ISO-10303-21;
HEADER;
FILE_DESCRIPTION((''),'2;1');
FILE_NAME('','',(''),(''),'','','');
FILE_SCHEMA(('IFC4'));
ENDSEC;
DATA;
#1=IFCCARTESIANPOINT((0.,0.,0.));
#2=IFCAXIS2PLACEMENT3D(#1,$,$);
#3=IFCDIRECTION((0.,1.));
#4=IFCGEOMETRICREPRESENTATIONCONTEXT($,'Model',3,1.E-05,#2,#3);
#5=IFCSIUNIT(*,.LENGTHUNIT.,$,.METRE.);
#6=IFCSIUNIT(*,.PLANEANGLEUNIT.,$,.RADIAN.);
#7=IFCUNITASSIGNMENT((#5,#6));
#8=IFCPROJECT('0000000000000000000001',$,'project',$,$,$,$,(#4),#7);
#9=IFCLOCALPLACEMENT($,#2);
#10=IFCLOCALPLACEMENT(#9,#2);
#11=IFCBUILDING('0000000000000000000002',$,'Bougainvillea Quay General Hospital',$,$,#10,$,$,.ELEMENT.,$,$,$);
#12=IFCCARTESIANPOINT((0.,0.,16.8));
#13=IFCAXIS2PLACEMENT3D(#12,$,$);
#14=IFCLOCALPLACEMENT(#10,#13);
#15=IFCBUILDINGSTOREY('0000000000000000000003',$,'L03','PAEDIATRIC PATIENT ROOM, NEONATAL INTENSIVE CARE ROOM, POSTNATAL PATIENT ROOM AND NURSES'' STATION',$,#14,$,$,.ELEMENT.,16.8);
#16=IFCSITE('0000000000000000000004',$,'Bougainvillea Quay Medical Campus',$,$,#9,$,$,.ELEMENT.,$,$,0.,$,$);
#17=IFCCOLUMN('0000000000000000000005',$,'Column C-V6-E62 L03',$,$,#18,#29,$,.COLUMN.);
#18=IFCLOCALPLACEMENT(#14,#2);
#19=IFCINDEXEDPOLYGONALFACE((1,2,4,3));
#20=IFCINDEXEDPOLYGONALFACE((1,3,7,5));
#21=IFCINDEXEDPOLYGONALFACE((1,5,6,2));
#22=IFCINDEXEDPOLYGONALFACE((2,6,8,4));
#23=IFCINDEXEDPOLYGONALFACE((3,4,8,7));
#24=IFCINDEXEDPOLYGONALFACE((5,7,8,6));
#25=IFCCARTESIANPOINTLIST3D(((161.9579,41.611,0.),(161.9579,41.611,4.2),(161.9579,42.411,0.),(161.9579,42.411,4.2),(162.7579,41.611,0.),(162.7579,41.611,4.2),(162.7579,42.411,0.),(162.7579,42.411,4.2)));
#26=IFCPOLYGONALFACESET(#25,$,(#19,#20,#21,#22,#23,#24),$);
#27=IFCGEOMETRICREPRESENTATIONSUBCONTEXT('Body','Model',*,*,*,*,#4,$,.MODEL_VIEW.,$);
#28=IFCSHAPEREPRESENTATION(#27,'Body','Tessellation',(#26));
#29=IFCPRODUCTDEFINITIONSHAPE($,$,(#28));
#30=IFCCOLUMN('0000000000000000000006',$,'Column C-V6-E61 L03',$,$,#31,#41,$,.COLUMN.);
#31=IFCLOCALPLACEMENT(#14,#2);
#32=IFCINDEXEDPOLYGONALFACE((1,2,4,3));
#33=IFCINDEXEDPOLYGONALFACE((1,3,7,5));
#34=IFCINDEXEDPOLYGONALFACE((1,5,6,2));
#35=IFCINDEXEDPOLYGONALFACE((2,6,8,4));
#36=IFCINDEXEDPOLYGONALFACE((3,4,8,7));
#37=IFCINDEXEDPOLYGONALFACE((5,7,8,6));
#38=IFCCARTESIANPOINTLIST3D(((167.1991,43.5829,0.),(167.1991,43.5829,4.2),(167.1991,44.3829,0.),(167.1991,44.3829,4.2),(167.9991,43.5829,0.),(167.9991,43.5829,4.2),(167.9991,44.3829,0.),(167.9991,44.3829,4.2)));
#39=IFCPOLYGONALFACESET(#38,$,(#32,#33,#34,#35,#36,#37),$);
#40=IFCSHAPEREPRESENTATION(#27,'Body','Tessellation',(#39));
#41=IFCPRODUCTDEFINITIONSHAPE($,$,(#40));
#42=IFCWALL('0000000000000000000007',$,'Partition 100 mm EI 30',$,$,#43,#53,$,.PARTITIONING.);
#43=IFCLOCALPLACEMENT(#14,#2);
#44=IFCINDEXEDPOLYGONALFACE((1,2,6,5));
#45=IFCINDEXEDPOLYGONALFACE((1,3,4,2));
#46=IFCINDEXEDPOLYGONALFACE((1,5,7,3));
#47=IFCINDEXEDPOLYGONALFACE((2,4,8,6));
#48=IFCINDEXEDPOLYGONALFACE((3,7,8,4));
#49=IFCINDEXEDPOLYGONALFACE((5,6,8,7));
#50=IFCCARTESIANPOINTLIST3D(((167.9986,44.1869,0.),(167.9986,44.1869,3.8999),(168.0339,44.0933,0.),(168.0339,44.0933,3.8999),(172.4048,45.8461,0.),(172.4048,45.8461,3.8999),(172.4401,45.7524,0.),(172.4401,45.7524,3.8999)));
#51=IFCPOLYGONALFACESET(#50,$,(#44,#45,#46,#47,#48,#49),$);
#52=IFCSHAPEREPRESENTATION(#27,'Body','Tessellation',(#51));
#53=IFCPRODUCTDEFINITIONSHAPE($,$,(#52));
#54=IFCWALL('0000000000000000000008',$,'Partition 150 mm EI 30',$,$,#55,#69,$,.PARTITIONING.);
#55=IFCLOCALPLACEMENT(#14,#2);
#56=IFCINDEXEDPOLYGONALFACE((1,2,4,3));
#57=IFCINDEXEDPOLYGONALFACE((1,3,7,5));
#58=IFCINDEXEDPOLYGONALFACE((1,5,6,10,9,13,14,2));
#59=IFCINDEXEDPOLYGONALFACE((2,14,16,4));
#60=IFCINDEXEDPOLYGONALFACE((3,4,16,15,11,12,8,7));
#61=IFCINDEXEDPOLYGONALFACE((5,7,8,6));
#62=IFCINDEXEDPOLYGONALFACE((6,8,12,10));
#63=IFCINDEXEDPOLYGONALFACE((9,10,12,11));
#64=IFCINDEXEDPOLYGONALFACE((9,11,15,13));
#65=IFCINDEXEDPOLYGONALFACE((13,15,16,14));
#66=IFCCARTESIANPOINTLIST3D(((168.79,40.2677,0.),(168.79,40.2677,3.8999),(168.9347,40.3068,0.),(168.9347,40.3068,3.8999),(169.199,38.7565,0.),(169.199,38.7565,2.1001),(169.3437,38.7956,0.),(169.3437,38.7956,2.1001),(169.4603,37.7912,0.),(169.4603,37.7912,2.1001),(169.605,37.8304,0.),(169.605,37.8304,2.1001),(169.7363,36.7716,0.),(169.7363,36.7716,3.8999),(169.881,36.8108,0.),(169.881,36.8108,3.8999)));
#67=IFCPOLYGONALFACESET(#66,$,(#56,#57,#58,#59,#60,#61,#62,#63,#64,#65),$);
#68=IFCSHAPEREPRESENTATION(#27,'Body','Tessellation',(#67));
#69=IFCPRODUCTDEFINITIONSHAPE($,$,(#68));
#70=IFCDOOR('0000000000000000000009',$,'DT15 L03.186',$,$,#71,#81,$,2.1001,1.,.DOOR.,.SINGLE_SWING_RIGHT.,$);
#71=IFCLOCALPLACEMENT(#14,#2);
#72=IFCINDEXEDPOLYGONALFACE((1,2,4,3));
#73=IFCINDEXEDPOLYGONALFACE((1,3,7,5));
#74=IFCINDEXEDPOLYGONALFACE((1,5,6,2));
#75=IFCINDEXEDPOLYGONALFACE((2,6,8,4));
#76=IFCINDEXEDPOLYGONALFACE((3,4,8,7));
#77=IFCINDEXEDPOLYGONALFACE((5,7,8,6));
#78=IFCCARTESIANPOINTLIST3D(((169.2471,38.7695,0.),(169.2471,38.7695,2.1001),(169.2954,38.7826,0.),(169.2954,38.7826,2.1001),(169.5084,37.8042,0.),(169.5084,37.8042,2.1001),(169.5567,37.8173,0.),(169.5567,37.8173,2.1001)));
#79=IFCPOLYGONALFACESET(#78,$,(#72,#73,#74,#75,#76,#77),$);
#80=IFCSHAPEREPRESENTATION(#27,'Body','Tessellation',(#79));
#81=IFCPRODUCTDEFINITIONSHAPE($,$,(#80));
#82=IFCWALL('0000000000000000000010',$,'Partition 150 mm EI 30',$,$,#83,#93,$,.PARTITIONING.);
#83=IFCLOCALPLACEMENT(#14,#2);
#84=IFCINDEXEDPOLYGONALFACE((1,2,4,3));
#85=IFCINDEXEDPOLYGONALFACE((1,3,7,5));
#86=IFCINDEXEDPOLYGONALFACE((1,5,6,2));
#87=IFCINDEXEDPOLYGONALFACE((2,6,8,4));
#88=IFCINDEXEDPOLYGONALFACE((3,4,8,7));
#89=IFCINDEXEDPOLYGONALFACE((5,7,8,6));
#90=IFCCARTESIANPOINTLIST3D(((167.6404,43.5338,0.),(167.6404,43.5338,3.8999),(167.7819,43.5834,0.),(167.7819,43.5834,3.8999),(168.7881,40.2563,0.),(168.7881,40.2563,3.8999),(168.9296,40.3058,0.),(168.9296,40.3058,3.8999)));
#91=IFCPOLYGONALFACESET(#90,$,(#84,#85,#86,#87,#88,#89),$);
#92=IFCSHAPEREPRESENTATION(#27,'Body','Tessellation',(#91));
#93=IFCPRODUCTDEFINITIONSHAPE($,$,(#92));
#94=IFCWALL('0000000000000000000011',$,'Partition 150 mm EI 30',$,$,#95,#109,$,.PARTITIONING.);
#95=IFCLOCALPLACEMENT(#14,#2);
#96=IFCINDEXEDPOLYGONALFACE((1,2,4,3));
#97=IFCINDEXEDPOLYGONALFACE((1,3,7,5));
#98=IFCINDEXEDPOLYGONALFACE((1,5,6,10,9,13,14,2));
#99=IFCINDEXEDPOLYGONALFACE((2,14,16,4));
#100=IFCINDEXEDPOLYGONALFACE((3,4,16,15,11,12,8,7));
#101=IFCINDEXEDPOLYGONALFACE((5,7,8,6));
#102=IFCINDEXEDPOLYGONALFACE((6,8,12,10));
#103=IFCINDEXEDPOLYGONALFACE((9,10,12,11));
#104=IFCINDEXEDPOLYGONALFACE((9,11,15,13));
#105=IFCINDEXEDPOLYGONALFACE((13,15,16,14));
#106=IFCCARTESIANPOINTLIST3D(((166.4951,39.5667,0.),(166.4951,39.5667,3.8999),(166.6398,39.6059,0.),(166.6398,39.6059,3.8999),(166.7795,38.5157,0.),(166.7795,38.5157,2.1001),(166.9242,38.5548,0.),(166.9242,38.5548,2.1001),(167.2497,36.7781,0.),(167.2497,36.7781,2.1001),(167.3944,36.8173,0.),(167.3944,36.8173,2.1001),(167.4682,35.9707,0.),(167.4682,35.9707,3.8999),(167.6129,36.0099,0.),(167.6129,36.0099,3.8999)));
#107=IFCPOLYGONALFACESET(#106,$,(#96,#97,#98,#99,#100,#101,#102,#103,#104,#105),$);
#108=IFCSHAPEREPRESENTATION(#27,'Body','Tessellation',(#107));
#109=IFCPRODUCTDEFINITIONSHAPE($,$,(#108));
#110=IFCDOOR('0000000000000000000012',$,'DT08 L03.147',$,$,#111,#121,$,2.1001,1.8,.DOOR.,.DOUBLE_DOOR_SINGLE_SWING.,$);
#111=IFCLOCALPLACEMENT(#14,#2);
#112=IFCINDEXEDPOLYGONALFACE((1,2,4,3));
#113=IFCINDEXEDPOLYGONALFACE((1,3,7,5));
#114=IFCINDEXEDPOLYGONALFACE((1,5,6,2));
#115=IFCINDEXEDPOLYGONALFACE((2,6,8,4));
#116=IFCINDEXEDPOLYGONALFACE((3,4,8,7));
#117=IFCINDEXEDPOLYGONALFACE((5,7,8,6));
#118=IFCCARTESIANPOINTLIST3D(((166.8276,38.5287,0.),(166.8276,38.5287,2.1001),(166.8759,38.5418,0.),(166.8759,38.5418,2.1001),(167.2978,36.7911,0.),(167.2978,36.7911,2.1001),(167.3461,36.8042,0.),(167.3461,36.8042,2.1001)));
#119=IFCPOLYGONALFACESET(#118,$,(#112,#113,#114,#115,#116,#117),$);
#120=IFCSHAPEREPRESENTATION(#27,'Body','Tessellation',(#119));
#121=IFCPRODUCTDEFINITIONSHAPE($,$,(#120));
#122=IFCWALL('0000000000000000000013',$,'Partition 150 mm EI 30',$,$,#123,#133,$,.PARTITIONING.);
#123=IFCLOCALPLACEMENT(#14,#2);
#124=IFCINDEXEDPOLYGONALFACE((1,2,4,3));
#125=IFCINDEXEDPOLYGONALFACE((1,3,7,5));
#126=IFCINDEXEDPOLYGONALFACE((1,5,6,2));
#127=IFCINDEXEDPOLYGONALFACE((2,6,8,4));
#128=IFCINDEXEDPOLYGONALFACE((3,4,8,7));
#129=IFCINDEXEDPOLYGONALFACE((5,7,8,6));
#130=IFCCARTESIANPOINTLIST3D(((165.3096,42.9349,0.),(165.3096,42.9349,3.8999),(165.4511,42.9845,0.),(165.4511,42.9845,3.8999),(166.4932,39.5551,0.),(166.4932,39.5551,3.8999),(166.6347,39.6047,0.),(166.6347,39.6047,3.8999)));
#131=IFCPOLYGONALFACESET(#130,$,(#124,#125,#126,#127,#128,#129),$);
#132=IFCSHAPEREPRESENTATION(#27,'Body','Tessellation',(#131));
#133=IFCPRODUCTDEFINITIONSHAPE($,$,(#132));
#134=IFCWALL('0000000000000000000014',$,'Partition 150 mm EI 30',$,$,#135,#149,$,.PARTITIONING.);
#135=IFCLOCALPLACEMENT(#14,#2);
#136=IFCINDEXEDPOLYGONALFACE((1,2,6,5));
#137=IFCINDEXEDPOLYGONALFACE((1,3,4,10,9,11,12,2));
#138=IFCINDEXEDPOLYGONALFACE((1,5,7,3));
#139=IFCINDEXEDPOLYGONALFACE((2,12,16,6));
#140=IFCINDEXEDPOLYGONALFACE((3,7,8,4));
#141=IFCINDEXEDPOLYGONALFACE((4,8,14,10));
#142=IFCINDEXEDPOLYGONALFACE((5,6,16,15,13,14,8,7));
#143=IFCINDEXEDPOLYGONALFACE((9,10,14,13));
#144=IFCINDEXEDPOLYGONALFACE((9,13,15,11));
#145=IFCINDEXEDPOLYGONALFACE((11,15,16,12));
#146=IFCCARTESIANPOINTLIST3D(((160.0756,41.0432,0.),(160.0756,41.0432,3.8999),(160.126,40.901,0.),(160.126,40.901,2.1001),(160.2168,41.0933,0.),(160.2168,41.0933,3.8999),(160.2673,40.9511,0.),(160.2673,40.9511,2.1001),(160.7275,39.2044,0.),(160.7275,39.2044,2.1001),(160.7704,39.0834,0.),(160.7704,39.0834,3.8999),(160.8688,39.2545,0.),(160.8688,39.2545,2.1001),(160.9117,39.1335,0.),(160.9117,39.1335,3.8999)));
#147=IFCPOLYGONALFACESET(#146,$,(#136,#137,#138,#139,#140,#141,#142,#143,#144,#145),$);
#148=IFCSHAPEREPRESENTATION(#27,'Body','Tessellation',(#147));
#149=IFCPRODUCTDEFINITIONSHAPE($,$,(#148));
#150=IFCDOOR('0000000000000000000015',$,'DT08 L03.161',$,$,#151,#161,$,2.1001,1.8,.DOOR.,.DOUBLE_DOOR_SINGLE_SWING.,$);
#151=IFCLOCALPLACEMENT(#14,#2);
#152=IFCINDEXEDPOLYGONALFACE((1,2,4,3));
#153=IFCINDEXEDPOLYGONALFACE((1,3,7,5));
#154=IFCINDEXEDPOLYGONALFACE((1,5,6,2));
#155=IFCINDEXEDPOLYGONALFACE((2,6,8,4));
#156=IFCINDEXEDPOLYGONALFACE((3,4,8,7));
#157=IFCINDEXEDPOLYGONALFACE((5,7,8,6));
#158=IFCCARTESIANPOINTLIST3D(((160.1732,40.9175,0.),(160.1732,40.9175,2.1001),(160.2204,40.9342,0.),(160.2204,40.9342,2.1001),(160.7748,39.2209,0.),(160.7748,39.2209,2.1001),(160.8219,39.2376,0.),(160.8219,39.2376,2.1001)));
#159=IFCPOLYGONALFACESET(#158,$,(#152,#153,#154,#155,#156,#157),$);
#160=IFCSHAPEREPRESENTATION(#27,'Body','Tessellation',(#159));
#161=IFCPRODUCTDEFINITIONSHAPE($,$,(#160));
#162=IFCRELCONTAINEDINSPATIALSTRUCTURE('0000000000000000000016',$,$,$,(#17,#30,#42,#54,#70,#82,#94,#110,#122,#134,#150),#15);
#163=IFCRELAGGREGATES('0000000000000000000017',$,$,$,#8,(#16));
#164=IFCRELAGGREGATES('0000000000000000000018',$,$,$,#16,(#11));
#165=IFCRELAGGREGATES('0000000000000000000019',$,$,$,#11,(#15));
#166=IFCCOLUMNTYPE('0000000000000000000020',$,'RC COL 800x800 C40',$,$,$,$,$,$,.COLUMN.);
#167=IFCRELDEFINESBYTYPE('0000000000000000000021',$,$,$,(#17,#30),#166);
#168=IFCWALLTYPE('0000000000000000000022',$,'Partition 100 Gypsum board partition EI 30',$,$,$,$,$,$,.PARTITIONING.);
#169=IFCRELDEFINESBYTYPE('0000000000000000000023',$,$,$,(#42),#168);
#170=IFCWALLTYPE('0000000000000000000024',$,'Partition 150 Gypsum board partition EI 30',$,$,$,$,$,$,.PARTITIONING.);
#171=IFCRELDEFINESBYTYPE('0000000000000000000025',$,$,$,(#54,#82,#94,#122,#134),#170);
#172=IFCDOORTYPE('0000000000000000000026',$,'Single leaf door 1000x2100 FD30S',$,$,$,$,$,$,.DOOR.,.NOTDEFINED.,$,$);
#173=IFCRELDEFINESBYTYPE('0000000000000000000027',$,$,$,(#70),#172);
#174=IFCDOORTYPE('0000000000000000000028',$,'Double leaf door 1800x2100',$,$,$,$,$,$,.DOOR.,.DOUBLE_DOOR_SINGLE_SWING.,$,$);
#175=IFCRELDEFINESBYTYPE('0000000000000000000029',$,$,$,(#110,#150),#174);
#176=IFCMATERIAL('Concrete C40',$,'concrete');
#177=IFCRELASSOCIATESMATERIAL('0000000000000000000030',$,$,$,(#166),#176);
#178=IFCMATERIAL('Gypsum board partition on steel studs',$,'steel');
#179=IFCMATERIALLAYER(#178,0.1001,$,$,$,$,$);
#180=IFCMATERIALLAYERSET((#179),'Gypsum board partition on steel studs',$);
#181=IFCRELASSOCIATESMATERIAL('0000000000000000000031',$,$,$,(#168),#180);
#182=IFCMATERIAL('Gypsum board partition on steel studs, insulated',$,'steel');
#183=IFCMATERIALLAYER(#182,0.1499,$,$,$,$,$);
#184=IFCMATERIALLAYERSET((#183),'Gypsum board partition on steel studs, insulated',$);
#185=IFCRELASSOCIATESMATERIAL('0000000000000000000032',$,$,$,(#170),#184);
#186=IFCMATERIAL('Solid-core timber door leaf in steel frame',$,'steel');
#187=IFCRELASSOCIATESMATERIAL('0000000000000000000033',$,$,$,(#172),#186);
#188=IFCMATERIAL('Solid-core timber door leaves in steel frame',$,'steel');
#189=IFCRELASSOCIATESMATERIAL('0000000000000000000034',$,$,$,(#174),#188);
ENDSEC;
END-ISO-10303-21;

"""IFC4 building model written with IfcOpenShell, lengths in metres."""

from ifc_helpers import new_model, si_unit, direction, frame, frame_2d, origin, origin_2d, place, context, subcontext, project, spatial, rectangle, extrude, material, layer, layer_set, material_profile, profile_set, type_object, element, fill, save


model = new_model("IFC4")

# Units and contexts
model_context = context("Model", 3, precision=1e-05, world=origin(), true_north=direction((0.0, 1.0)))
body_context = subcontext(model_context, "Body", "Model", "MODEL_VIEW")
ifc_project = project(units=[si_unit("LENGTHUNIT", "METRE"), si_unit("PLANEANGLEUNIT", "RADIAN")], contexts=[model_context])

# Site, building, storey
site_placement = place(None, origin())
site = spatial("IfcSite", under=ifc_project, at=site_placement, Name="Bougainvillea Quay Medical Campus", CompositionType="ELEMENT", RefElevation=0.0)
building_placement = place(site_placement, origin())
building = spatial("IfcBuilding", under=site, at=building_placement, Name="Bougainvillea Quay General Hospital", CompositionType="ELEMENT")
storey_placement = place(building_placement, frame((0.0, 0.0, 16.8)))
storey = spatial("IfcBuildingStorey", under=building, at=storey_placement, Name="L03", Description="PAEDIATRIC PATIENT ROOM, NEONATAL INTENSIVE CARE ROOM, POSTNATAL PATIENT ROOM AND NURSES' STATION", CompositionType="ELEMENT", Elevation=16.8)

# Columns
ifc_material_1 = material(Name="Concrete C40", Category="concrete")
ifc_material_profile = material_profile(ifc_material_1, rectangle(XDim=0.8, YDim=0.8, at=origin_2d()))
ifc_profile_set = profile_set([ifc_material_profile], Name="Concrete C40")
column_type = type_object("IfcColumnType", Name="RC COL 800x800 C40", PredefinedType="COLUMN", material=ifc_profile_set)
for number, where, z_axis, x_axis, name in (
    (1, (162.3579, 42.011, 0.0), (0.0, 0.0, 1.0), (1.0, 0.0, 0.0), "Column C-V6-E62 L03"),
    (2, (167.5991, 43.9829, 0.0), (0.0, 0.0, 1.0), (1.0, 0.0, 0.0), "Column C-V6-E61 L03"),
):
    element("IfcColumn", number, at=place(storey_placement, frame(where, z_axis=z_axis, x_axis=x_axis)), inside=storey, type_object=column_type, Name=name, PredefinedType="COLUMN", context=body_context, shape_type="SweptSolid", body=[
        extrude(rectangle(XDim=0.8, YDim=0.8, at=origin_2d()), origin(), (0.0, 0.0, 1.0), 4.2),
    ])

# Wall
ifc_material_2 = material(Name="Gypsum board partition on steel studs", Category="steel")
ifc_layer_1 = layer(ifc_material_2, 0.1001)
ifc_layer_set_1 = layer_set([ifc_layer_1], Name="Gypsum board partition on steel studs")
wall_type_1 = type_object("IfcWallType", Name="Partition 100 Gypsum board partition EI 30", PredefinedType="PARTITIONING", material=ifc_layer_set_1)
wall_1_placement = place(storey_placement, frame((168.0164, 44.1401, 0.0), z_axis=(0.0, 0.0, 1.0), x_axis=(0.935851, 0.352396, 0.0)))
element("IfcWall", 3, at=wall_1_placement, inside=storey, type_object=wall_type_1, Name="Partition 100 mm EI 30", PredefinedType="PARTITIONING", context=body_context, shape_type="SweptSolid", body=[
    extrude(rectangle(XDim=4.7083, YDim=0.1001, at=frame_2d((2.354, 0.0))), origin(), (0.0, 0.0, 1.0), 3.8999),
])

# Wall, opening, door
ifc_material_3 = material(Name="Gypsum board partition on steel studs, insulated", Category="steel")
ifc_layer_2 = layer(ifc_material_3, 0.1499)
ifc_layer_set_2 = layer_set([ifc_layer_2], Name="Gypsum board partition on steel studs, insulated")
wall_type_2 = type_object("IfcWallType", Name="Partition 150 Gypsum board partition EI 30", PredefinedType="PARTITIONING", material=ifc_layer_set_2)
wall_2_placement = place(storey_placement, frame((168.8623, 40.2874, 0.0), z_axis=(0.0, 0.0, 1.0), x_axis=(0.261269, -0.965266, 0.0)))
wall_2 = element("IfcWall", 4, at=wall_2_placement, inside=storey, type_object=wall_type_2, Name="Partition 150 mm EI 30", PredefinedType="PARTITIONING", context=body_context, shape_type="SweptSolid", body=[
    extrude(rectangle(XDim=3.6218, YDim=0.1499, at=frame_2d((1.811, 0.0))), origin(), (0.0, 0.0, 1.0), 3.8999),
])
opening_1_placement = place(wall_2_placement, frame((1.5657, 0.0, 0.0)))
opening_1 = element("IfcOpeningElement", 5, at=opening_1_placement, cuts=wall_2, PredefinedType="OPENING", context=body_context, shape_type="SweptSolid", body=[
    extrude(rectangle(XDim=1.0, YDim=2.1001, at=frame_2d((0.5, 1.05))), frame((0.0, 0.085, 0.0), z_axis=(0.0, -1.0, 0.0), x_axis=(1.0, 0.0, 0.0)), (0.0, 0.0, 1.0), 0.1699),
])
ifc_material_4 = material(Name="Solid-core timber door leaf in steel frame", Category="steel")
door_type_1 = type_object("IfcDoorType", Name="Single leaf door 1000x2100 FD30S", OperationType="NOTDEFINED", PredefinedType="DOOR", material=ifc_material_4)
door_1_placement = place(opening_1_placement, origin())
door_1 = element("IfcDoor", 6, at=door_1_placement, inside=storey, type_object=door_type_1, Name="DT15 L03.186", OperationType="SINGLE_SWING_RIGHT", OverallHeight=2.1001, OverallWidth=1.0, PredefinedType="DOOR", context=body_context, shape_type="SweptSolid", body=[
    extrude(rectangle(XDim=1.0, YDim=2.1001, at=frame_2d((0.5, 1.05))), frame((0.0, 0.0249, 0.0), z_axis=(0.0, -1.0, 0.0), x_axis=(1.0, 0.0, 0.0)), (0.0, 0.0, 1.0), 0.05),
])
fill(opening_1, door_1)

# Wall
wall_3_placement = place(storey_placement, frame((167.7112, 43.5586, 0.0), z_axis=(0.0, 0.0, 1.0), x_axis=(0.330491, -0.943809, 0.0)))
element("IfcWall", 7, at=wall_3_placement, inside=storey, type_object=wall_type_2, Name="Partition 150 mm EI 30", PredefinedType="PARTITIONING", context=body_context, shape_type="SweptSolid", body=[
    extrude(rectangle(XDim=3.4727, YDim=0.1499, at=frame_2d((1.7363, 0.0))), origin(), (0.0, 0.0, 1.0), 3.8999),
])

# Wall, opening, door
wall_4_placement = place(storey_placement, frame((166.5674, 39.5864, 0.0), z_axis=(0.0, 0.0, 1.0), x_axis=(0.261226, -0.965278, 0.0)))
wall_4 = element("IfcWall", 8, at=wall_4_placement, inside=storey, type_object=wall_type_2, Name="Partition 150 mm EI 30", PredefinedType="PARTITIONING", context=body_context, shape_type="SweptSolid", body=[
    extrude(rectangle(XDim=3.7253, YDim=0.1499, at=frame_2d((1.8628, 0.0))), origin(), (0.0, 0.0, 1.0), 3.8999),
])
opening_2_placement = place(wall_4_placement, frame((1.0891, 0.0, 0.0)))
opening_2 = element("IfcOpeningElement", 9, at=opening_2_placement, cuts=wall_4, PredefinedType="OPENING", context=body_context, shape_type="SweptSolid", body=[
    extrude(rectangle(XDim=1.8, YDim=2.1001, at=frame_2d((0.8999, 1.05))), frame((0.0, 0.085, 0.0), z_axis=(0.0, -1.0, 0.0), x_axis=(1.0, 0.0, 0.0)), (0.0, 0.0, 1.0), 0.1699),
])
ifc_material_5 = material(Name="Solid-core timber door leaves in steel frame", Category="steel")
door_type_2 = type_object("IfcDoorType", Name="Double leaf door 1800x2100", OperationType="DOUBLE_DOOR_SINGLE_SWING", PredefinedType="DOOR", material=ifc_material_5)
door_2_placement = place(opening_2_placement, origin())
door_2 = element("IfcDoor", 10, at=door_2_placement, inside=storey, type_object=door_type_2, Name="DT08 L03.147", OperationType="DOUBLE_DOOR_SINGLE_SWING", OverallHeight=2.1001, OverallWidth=1.8, PredefinedType="DOOR", context=body_context, shape_type="SweptSolid", body=[
    extrude(rectangle(XDim=1.8, YDim=2.1001, at=frame_2d((0.8999, 1.05))), frame((0.0, 0.0249, 0.0), z_axis=(0.0, -1.0, 0.0), x_axis=(1.0, 0.0, 0.0)), (0.0, 0.0, 1.0), 0.05),
])
fill(opening_2, door_2)

# Wall
wall_5_placement = place(storey_placement, frame((165.3804, 42.9597, 0.0), z_axis=(0.0, 0.0, 1.0), x_axis=(0.330508, -0.943803, 0.0)))
element("IfcWall", 11, at=wall_5_placement, inside=storey, type_object=wall_type_2, Name="Partition 150 mm EI 30", PredefinedType="PARTITIONING", context=body_context, shape_type="SweptSolid", body=[
    extrude(rectangle(XDim=3.5811, YDim=0.1499, at=frame_2d((1.7905, 0.0))), origin(), (0.0, 0.0, 1.0), 3.8999),
])

# Wall, opening, door
wall_6_placement = place(storey_placement, frame((160.1462, 41.0681, 0.0), z_axis=(0.0, 0.0, 1.0), x_axis=(0.334171, -0.942512, 0.0)))
wall_6 = element("IfcWall", 12, at=wall_6_placement, inside=storey, type_object=wall_type_2, Name="Partition 150 mm EI 30", PredefinedType="PARTITIONING", context=body_context, shape_type="SweptSolid", body=[
    extrude(rectangle(XDim=2.0793, YDim=0.1499, at=frame_2d((1.0396, 0.0))), origin(), (0.0, 0.0, 1.0), 3.8999),
])
opening_3_placement = place(wall_6_placement, frame((0.1509, 0.0, 0.0)))
opening_3 = element("IfcOpeningElement", 13, at=opening_3_placement, cuts=wall_6, PredefinedType="OPENING", context=body_context, shape_type="SweptSolid", body=[
    extrude(rectangle(XDim=1.8, YDim=2.1001, at=frame_2d((0.8999, 1.05))), frame((0.0, 0.085, 0.0), z_axis=(0.0, -1.0, 0.0), x_axis=(1.0, 0.0, 0.0)), (0.0, 0.0, 1.0), 0.1699),
])
door_3_placement = place(opening_3_placement, frame((1.8, 0.0, 0.0), z_axis=(0.0, 0.0, 1.0), x_axis=(-1.0, 0.0, 0.0)))
door_3 = element("IfcDoor", 14, at=door_3_placement, inside=storey, type_object=door_type_2, Name="DT08 L03.161", OperationType="DOUBLE_DOOR_SINGLE_SWING", OverallHeight=2.1001, OverallWidth=1.8, PredefinedType="DOOR", context=body_context, shape_type="SweptSolid", body=[
    extrude(rectangle(XDim=1.8, YDim=2.1001, at=frame_2d((0.8999, 1.05))), frame((0.0, 0.0249, 0.0), z_axis=(0.0, -1.0, 0.0), x_axis=(1.0, 0.0, 0.0)), (0.0, 0.0, 1.0), 0.05),
])
fill(opening_3, door_3)

save(model, "model.ifc")
